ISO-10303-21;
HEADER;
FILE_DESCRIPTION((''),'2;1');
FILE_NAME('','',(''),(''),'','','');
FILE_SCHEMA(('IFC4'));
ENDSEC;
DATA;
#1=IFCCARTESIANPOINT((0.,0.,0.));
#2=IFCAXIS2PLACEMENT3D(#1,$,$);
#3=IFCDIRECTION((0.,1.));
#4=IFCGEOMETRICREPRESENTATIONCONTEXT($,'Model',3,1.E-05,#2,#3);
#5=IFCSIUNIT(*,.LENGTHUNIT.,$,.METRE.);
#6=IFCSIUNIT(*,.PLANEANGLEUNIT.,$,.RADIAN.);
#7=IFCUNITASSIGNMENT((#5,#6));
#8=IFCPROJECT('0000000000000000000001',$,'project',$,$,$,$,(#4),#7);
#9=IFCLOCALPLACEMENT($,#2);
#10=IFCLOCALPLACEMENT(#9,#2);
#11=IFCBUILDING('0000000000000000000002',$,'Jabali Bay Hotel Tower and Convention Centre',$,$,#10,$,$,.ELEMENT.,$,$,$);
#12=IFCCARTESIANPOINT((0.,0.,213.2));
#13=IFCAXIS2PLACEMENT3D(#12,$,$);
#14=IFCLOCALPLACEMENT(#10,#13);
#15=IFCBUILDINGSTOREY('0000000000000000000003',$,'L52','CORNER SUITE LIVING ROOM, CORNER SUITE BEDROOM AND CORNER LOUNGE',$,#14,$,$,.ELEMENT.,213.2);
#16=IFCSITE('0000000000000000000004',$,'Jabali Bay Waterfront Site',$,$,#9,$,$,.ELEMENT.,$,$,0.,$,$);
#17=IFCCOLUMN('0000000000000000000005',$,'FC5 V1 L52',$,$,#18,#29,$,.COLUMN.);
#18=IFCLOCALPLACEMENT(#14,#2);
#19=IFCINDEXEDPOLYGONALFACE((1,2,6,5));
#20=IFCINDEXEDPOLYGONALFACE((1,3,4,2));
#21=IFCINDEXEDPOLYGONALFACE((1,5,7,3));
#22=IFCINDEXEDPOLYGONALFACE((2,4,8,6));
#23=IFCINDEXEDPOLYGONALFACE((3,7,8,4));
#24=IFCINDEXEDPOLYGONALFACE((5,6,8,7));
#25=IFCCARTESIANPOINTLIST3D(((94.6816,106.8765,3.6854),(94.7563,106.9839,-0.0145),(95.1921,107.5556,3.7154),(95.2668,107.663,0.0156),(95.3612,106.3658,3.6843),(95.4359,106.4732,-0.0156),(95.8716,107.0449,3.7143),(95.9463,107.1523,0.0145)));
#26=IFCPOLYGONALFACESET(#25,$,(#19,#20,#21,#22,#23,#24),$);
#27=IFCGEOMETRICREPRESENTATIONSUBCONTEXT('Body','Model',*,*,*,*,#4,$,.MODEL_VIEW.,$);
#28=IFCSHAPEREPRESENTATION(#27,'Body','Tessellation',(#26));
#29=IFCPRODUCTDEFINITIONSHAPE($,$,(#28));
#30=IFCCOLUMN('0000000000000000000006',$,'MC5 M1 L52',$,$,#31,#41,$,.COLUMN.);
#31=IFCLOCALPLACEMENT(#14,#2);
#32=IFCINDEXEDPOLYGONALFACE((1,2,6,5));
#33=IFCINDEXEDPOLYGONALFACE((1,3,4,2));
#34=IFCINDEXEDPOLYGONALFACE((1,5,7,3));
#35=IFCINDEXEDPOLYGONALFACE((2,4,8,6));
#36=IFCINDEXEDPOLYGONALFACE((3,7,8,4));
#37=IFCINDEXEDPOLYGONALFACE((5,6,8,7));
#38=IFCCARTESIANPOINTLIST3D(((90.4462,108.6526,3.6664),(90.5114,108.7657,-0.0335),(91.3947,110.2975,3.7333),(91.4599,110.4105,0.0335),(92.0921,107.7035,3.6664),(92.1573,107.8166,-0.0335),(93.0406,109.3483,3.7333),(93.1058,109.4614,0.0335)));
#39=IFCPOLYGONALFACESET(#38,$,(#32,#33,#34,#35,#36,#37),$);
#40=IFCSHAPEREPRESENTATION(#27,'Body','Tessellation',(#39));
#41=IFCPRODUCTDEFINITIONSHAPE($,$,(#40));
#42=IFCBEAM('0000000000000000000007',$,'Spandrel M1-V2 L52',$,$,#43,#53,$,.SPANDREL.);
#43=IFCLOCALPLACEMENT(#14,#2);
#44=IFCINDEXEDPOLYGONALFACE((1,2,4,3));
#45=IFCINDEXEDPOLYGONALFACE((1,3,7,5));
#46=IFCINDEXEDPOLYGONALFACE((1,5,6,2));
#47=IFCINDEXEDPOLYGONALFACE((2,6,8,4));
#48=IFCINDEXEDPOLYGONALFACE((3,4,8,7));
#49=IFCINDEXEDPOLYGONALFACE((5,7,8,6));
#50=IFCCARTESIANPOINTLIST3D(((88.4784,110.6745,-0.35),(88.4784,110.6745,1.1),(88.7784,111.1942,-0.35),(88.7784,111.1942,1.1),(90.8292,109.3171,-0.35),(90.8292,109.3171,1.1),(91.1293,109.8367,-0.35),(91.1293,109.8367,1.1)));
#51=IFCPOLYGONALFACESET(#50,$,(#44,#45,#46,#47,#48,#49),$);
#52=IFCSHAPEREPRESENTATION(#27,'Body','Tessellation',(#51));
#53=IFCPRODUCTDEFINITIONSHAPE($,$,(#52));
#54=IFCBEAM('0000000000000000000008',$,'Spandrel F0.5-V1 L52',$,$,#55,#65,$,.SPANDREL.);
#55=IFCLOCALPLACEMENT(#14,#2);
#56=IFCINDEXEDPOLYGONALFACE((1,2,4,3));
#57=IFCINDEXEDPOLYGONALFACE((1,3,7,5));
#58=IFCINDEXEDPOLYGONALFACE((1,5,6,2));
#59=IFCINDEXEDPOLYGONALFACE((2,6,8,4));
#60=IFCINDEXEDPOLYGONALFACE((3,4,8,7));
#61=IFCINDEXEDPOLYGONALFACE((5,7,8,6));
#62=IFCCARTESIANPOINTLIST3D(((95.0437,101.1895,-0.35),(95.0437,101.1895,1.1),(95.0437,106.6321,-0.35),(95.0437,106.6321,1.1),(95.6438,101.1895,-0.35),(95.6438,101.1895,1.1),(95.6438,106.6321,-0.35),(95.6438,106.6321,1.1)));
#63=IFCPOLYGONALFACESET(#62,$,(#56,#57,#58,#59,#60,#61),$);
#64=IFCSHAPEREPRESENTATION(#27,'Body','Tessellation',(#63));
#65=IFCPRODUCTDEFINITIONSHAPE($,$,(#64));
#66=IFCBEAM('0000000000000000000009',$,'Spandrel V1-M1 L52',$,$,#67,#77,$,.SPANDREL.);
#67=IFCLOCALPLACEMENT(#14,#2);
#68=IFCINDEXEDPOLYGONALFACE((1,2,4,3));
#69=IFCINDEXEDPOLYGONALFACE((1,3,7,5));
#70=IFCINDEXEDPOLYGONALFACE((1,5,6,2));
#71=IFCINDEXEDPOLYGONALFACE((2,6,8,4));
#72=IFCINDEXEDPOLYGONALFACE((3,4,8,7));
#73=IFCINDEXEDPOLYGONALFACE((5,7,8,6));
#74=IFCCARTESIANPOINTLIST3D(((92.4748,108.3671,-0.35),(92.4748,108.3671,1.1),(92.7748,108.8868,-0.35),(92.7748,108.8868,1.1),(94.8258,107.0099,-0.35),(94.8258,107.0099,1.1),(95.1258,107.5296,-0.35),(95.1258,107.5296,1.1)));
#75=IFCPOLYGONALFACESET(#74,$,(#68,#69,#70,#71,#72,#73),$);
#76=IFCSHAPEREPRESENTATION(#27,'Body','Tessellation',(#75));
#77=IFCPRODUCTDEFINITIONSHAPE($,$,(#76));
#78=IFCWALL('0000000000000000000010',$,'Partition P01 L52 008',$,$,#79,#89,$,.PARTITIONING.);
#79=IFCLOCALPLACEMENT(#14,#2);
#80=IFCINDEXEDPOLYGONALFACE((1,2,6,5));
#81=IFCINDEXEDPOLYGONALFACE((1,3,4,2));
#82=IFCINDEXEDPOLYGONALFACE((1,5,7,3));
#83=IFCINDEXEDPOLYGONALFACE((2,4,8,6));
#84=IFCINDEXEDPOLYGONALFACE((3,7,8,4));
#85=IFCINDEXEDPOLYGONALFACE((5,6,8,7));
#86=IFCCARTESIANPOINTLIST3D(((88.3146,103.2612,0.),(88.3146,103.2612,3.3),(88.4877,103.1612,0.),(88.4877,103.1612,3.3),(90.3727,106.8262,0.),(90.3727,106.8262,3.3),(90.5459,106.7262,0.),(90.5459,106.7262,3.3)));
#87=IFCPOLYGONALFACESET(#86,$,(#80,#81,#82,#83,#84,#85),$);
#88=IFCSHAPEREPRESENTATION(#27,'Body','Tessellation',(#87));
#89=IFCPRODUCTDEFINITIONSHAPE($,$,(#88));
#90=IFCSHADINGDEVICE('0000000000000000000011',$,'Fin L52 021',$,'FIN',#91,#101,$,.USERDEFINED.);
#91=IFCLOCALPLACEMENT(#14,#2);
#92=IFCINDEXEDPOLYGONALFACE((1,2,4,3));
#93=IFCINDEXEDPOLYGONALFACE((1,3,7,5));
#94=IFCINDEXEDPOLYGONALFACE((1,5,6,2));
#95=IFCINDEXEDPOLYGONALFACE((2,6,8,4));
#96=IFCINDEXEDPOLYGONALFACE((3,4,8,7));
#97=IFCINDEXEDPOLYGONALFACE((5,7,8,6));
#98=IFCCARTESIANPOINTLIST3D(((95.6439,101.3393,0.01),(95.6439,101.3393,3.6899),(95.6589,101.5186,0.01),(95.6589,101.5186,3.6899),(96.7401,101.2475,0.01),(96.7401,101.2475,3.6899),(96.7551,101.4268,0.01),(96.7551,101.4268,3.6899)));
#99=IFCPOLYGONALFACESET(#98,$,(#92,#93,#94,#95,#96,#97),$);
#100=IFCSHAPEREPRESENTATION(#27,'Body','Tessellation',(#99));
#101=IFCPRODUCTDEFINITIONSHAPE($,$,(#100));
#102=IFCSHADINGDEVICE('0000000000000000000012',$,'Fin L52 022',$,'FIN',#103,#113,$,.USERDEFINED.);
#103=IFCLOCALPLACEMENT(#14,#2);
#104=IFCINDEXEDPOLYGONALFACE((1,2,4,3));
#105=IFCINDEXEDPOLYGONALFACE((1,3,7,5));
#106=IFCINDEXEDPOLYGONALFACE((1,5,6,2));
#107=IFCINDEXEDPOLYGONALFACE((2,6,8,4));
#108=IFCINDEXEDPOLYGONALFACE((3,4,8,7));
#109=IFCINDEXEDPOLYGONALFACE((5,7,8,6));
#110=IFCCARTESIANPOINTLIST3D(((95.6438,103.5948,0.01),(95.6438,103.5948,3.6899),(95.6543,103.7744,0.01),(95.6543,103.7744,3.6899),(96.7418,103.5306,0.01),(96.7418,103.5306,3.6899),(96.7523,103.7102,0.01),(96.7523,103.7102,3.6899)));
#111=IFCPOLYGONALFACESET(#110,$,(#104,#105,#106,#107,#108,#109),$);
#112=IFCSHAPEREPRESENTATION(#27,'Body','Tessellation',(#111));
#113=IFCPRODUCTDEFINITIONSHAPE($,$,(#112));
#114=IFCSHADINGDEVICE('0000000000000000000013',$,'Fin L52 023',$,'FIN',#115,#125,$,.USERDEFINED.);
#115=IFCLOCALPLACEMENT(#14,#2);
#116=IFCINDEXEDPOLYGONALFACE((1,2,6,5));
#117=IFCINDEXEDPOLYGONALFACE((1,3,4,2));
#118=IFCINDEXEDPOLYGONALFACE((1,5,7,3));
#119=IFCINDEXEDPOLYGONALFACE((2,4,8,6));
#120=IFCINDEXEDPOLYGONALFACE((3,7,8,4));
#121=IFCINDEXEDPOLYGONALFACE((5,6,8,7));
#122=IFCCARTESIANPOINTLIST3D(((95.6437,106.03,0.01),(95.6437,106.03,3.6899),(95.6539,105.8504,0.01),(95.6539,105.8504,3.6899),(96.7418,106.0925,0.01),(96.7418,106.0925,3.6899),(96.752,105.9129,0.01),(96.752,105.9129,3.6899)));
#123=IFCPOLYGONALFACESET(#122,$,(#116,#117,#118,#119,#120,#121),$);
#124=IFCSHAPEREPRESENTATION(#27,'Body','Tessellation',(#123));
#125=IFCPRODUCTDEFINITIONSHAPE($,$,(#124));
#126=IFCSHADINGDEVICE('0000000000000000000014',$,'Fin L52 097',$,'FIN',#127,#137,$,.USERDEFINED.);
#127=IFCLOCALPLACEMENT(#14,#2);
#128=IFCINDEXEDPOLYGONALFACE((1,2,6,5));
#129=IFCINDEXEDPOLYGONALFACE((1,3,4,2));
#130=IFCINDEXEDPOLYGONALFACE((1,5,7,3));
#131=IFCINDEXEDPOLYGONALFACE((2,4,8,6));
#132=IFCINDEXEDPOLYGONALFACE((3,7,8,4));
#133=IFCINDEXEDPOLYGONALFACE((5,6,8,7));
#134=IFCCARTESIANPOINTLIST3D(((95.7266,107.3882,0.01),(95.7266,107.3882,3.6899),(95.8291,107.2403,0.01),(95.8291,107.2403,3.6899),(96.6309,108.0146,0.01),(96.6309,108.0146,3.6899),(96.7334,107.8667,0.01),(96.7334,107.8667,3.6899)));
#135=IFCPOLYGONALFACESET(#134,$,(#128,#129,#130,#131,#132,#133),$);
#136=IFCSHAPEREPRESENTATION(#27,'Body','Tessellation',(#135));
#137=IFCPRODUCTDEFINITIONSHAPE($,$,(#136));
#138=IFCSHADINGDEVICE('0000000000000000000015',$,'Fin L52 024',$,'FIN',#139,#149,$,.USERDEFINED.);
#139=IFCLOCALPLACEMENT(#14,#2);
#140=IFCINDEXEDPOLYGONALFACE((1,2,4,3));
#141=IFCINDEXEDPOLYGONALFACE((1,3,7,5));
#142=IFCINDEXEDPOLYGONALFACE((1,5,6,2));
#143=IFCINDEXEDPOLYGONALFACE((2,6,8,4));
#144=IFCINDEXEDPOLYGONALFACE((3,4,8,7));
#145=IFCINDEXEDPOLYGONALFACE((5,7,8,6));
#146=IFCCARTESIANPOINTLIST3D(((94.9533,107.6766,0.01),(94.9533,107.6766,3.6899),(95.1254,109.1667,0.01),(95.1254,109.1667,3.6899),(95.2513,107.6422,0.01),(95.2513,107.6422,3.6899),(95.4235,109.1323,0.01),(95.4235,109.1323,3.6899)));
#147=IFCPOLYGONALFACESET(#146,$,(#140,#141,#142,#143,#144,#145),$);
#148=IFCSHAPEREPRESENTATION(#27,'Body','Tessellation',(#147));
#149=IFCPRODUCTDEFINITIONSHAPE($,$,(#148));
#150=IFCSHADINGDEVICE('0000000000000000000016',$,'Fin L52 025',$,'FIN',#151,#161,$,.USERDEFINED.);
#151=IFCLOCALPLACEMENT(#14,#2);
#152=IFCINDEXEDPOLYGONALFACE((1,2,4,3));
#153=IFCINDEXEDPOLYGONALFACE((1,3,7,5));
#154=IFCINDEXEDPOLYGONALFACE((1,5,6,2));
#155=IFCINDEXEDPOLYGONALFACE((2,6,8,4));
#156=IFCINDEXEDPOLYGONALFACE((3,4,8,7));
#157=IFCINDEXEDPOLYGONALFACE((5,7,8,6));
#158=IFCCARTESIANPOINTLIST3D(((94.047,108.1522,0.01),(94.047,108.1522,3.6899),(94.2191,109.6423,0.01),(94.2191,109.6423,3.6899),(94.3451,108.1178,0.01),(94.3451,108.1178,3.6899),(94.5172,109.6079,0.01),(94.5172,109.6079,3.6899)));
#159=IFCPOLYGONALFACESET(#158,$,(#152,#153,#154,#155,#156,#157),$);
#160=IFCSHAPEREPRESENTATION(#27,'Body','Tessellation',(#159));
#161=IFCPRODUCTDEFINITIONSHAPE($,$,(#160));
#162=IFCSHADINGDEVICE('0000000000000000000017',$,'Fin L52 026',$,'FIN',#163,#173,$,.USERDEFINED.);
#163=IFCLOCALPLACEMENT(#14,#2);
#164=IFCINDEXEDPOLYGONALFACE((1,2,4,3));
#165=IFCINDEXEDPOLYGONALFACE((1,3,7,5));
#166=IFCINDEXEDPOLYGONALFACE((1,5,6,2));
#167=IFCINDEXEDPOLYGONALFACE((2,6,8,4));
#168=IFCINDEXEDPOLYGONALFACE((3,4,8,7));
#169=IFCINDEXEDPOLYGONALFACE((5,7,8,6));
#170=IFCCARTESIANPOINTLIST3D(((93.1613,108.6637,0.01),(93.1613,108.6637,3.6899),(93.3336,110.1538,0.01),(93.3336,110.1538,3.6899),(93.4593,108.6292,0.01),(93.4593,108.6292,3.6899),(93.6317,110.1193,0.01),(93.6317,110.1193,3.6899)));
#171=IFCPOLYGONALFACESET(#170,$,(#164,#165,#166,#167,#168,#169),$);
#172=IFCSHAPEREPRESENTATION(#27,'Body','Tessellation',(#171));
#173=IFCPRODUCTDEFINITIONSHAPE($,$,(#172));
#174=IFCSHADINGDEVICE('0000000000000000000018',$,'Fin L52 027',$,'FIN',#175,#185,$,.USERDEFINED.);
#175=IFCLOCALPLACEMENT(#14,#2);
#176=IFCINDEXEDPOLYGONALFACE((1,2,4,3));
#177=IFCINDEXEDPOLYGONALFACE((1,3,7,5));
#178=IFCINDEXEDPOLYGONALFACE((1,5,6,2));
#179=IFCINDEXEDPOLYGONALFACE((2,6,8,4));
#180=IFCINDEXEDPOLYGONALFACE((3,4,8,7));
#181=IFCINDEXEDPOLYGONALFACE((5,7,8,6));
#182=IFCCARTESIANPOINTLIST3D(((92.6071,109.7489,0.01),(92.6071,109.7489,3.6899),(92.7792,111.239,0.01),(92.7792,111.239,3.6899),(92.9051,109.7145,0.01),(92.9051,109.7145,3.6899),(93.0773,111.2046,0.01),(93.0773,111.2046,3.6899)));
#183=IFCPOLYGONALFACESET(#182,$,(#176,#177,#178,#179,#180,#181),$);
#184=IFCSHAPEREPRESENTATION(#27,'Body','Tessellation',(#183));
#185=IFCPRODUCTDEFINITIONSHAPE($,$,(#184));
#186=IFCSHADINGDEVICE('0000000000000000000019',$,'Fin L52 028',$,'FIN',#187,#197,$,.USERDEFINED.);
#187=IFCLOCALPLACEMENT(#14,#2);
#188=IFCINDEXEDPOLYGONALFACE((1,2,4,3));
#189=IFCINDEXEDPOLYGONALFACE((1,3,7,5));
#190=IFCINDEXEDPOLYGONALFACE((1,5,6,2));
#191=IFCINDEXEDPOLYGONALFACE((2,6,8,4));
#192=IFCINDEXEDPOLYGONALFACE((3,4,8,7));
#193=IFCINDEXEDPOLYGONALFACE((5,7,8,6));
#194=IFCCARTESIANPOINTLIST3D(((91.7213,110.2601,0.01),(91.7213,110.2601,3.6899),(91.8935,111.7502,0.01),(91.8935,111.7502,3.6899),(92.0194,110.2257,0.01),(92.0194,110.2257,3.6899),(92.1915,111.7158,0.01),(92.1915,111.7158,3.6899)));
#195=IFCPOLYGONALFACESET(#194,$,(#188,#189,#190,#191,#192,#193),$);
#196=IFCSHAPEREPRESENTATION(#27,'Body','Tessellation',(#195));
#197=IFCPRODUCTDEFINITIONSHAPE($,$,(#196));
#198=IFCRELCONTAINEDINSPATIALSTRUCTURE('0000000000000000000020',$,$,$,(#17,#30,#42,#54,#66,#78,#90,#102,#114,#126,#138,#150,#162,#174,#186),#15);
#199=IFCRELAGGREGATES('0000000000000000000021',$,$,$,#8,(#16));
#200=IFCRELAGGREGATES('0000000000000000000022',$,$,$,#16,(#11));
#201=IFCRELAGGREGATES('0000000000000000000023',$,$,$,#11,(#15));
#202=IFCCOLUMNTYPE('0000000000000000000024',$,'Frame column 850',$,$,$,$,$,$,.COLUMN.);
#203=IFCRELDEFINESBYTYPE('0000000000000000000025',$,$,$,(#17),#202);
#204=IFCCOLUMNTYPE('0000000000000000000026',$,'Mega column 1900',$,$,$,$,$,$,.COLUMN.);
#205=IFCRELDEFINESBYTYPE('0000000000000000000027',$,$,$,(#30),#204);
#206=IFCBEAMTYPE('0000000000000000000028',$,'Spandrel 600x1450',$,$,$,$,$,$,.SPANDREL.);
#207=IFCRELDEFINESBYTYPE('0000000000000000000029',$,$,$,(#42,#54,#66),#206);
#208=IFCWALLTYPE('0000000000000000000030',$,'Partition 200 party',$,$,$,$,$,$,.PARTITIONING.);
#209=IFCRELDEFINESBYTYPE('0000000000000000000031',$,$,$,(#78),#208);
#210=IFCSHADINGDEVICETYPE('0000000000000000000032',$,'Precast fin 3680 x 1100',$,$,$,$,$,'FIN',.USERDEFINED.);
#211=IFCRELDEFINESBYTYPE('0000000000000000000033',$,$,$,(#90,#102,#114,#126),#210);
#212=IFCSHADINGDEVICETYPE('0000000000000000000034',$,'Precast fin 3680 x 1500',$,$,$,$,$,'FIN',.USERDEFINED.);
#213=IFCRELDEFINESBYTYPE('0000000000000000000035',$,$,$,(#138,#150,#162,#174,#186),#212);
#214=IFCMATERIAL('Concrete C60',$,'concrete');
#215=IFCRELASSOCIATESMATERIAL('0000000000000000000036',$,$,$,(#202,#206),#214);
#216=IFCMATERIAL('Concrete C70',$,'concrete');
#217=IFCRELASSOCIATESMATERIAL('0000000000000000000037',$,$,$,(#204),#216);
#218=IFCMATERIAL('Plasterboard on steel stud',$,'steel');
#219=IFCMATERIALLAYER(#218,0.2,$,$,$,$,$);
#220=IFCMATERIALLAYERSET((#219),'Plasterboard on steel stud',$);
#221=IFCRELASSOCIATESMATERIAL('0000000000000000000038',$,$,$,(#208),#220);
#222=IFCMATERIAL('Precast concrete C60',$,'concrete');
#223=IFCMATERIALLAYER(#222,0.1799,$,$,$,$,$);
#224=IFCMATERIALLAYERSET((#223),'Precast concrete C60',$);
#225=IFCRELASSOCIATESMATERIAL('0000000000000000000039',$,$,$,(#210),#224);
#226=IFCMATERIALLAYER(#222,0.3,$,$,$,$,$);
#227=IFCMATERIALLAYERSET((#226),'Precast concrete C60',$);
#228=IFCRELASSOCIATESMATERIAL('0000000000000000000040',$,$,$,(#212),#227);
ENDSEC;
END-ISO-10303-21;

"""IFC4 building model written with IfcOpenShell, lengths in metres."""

from ifc_helpers import new_model, si_unit, direction, frame, frame_2d, origin, origin_2d, place, context, subcontext, project, spatial, rectangle, extrude, material, layer, layer_set, material_profile, profile_set, type_object, element, save


model = new_model("IFC4")

# Units and contexts
model_context = context("Model", 3, precision=1e-05, world=origin(), true_north=direction((0.0, 1.0)))
body_context = subcontext(model_context, "Body", "Model", "MODEL_VIEW")
ifc_project = project(units=[si_unit("LENGTHUNIT", "METRE"), si_unit("PLANEANGLEUNIT", "RADIAN")], contexts=[model_context])

# Site, building, storey
site_placement = place(None, origin())
site = spatial("IfcSite", under=ifc_project, at=site_placement, Name="Jabali Bay Waterfront Site", CompositionType="ELEMENT", RefElevation=0.0)
building_placement = place(site_placement, origin())
building = spatial("IfcBuilding", under=site, at=building_placement, Name="Jabali Bay Hotel Tower and Convention Centre", CompositionType="ELEMENT")
storey_placement = place(building_placement, frame((0.0, 0.0, 213.2)))
storey = spatial("IfcBuildingStorey", under=building, at=storey_placement, Name="L52", Description="CORNER SUITE LIVING ROOM, CORNER SUITE BEDROOM AND CORNER LOUNGE", CompositionType="ELEMENT", Elevation=213.2)

# Columns
ifc_material_1 = material(Name="Concrete C60", Category="concrete")
ifc_material_profile_1 = material_profile(ifc_material_1, rectangle(XDim=0.8501, YDim=0.8501, at=origin_2d()), Name="Frame column 850")
ifc_profile_set_1 = profile_set([ifc_material_profile_1], Name="Concrete C60")
column_type_1 = type_object("IfcColumnType", Name="Frame column 850", PredefinedType="COLUMN", material=ifc_profile_set_1)
column_1_placement = place(storey_placement, frame((95.3513, 107.0681, 0.0), z_axis=(-0.020179, -0.029015, 0.999375), x_axis=(0.600466, 0.79887, 0.035318)))
element("IfcColumn", 1, at=column_1_placement, inside=storey, type_object=column_type_1, Name="FC5 V1 L52", PredefinedType="COLUMN", context=body_context, shape_type="SweptSolid", body=[
    extrude(rectangle(XDim=0.8501, YDim=0.8501, at=origin_2d()), origin(), (0.0, 0.0, 1.0), 3.7021),
])
ifc_material_2 = material(Name="Concrete C70", Category="concrete")
ifc_material_profile_2 = material_profile(ifc_material_2, rectangle(XDim=1.8999, YDim=1.8999, at=origin_2d()), Name="Mega column 1900")
ifc_profile_set_2 = profile_set([ifc_material_profile_2], Name="Concrete C70")
column_type_2 = type_object("IfcColumnType", Name="Mega column 1900", PredefinedType="COLUMN", material=ifc_profile_set_2)
column_2_placement = place(storey_placement, frame((91.8086, 109.1135, 0.0), z_axis=(-0.017607, -0.030532, 0.999379), x_axis=(0.86628, -0.499558, 0.0)))
element("IfcColumn", 2, at=column_2_placement, inside=storey, type_object=column_type_2, Name="MC5 M1 L52", PredefinedType="COLUMN", context=body_context, shape_type="SweptSolid", body=[
    extrude(rectangle(XDim=1.8999, YDim=1.8999, at=origin_2d()), origin(), (0.0, 0.0, 1.0), 3.7021),
])

# Beams
ifc_material_profile_3 = material_profile(ifc_material_1, rectangle(XDim=0.6001, YDim=1.45, at=origin_2d()), Name="Spandrel 600x1450")
ifc_profile_set_3 = profile_set([ifc_material_profile_3], Name="Concrete C60")
beam_type = type_object("IfcBeamType", Name="Spandrel 600x1450", PredefinedType="SPANDREL", material=ifc_profile_set_3)
beam_1_placement = place(storey_placement, frame((90.9792, 109.5769, 0.375), z_axis=(-0.865998, 0.500047, 0.0), x_axis=(-0.500047, -0.865998, 0.0)))
element("IfcBeam", 3, at=beam_1_placement, inside=storey, type_object=beam_type, Name="Spandrel M1-V2 L52", PredefinedType="SPANDREL", context=body_context, shape_type="SweptSolid", body=[
    extrude(rectangle(XDim=0.6001, YDim=1.45, at=origin_2d()), origin(), (0.0, 0.0, 1.0), 2.7146),
])
beam_2_placement = place(storey_placement, frame((95.3438, 101.1895, 0.375), z_axis=(0.0, 1.0, 0.0), x_axis=(-1.0, 0.0, 0.0)))
element("IfcBeam", 4, at=beam_2_placement, inside=storey, type_object=beam_type, Name="Spandrel F0.5-V1 L52", PredefinedType="SPANDREL", context=body_context, shape_type="SweptSolid", body=[
    extrude(rectangle(XDim=0.6001, YDim=1.45, at=origin_2d()), origin(), (0.0, 0.0, 1.0), 5.4426),
])
beam_3_placement = place(storey_placement, frame((94.9758, 107.2698, 0.375), z_axis=(-0.86606, 0.49994, 0.0), x_axis=(-0.49994, -0.86606, 0.0)))
element("IfcBeam", 5, at=beam_3_placement, inside=storey, type_object=beam_type, Name="Spandrel V1-M1 L52", PredefinedType="SPANDREL", context=body_context, shape_type="SweptSolid", body=[
    extrude(rectangle(XDim=0.6001, YDim=1.45, at=origin_2d()), origin(), (0.0, 0.0, 1.0), 2.7146),
])

# Wall
ifc_material_3 = material(Name="Plasterboard on steel stud", Category="steel")
ifc_layer_1 = layer(ifc_material_3, 0.2)
ifc_layer_set_1 = layer_set([ifc_layer_1], Name="Plasterboard on steel stud")
wall_type_1 = type_object("IfcWallType", Name="Partition 200 party", PredefinedType="PARTITIONING", material=ifc_layer_set_1)
wall_1_placement = place(storey_placement, frame((90.4592, 106.7761, 0.0), z_axis=(0.0, 0.0, 1.0), x_axis=(-0.499979, -0.866037, 0.0)))
element("IfcWall", 6, at=wall_1_placement, inside=storey, type_object=wall_type_1, Name="Partition P01 L52 008", PredefinedType="PARTITIONING", context=body_context, shape_type="SweptSolid", body=[
    extrude(rectangle(XDim=4.1165, YDim=0.2, at=frame_2d((2.0581, 0.0))), origin(), (0.0, 0.0, 1.0), 3.3),
])

# Shading devices
ifc_material_4 = material(Name="Precast concrete C60", Category="concrete")
ifc_layer_2 = layer(ifc_material_4, 0.1799)
ifc_layer_set_2 = layer_set([ifc_layer_2], Name="Precast concrete C60")
shading_device_type_1 = type_object("IfcShadingDeviceType", Name="Precast fin 3680 x 1100", ElementType="FIN", PredefinedType="USERDEFINED", material=ifc_layer_set_2)
shading_device_1_placement = place(storey_placement, frame((95.6514, 101.429, 0.01), z_axis=(0.0, 0.0, 1.0), x_axis=(0.996512, -0.08345, 0.0)))
element("IfcShadingDevice", 7, at=shading_device_1_placement, inside=storey, type_object=shading_device_type_1, Name="Fin L52 021", ObjectType="FIN", PredefinedType="USERDEFINED", context=body_context, shape_type="SweptSolid", body=[
    extrude(rectangle(XDim=1.1001, YDim=0.1799, at=frame_2d((0.55, 0.0))), origin(), (0.0, 0.0, 1.0), 3.6799),
])
for number, where, z_axis, x_axis, name in (
    (8, (95.6492, 103.6846, 0.01), (0.0, 0.0, 1.0), (0.998294, -0.058384, 0.0), "Fin L52 022"),
    (9, (95.6489, 105.9402, 0.01), (0.0, 0.0, 1.0), (0.998384, 0.056822, 0.0), "Fin L52 023"),
):
    element("IfcShadingDevice", number, at=place(storey_placement, frame(where, z_axis=z_axis, x_axis=x_axis)), inside=storey, type_object=shading_device_type_1, Name=name, ObjectType="FIN", PredefinedType="USERDEFINED", context=body_context, shape_type="SweptSolid", body=[
        extrude(rectangle(XDim=1.0999, YDim=0.1799, at=frame_2d((0.5498, 0.0))), origin(), (0.0, 0.0, 1.0), 3.6799),
    ])
shading_device_2_placement = place(storey_placement, frame((95.7778, 107.3142, 0.01), z_axis=(0.0, 0.0, 1.0), x_axis=(0.822016, 0.569464, 0.0)))
element("IfcShadingDevice", 10, at=shading_device_2_placement, inside=storey, type_object=shading_device_type_1, Name="Fin L52 097", ObjectType="FIN", PredefinedType="USERDEFINED", context=body_context, shape_type="SweptSolid", body=[
    extrude(rectangle(XDim=1.1001, YDim=0.1799, at=frame_2d((0.55, 0.0))), origin(), (0.0, 0.0, 1.0), 3.6799),
])
ifc_layer_3 = layer(ifc_material_4, 0.3)
ifc_layer_set_3 = layer_set([ifc_layer_3], Name="Precast concrete C60")
shading_device_type_2 = type_object("IfcShadingDeviceType", Name="Precast fin 3680 x 1500", ElementType="FIN", PredefinedType="USERDEFINED", material=ifc_layer_set_3)
for number, where, z_axis, x_axis, name in (
    (11, (95.1023, 107.6594, 0.01), (0.0, 0.0, 1.0), (0.114754, 0.993394, 0.0), "Fin L52 024"),
    (12, (94.196, 108.135, 0.01), (0.0, 0.0, 1.0), (0.114754, 0.993394, 0.0), "Fin L52 025"),
    (13, (93.3103, 108.6465, 0.01), (0.0, 0.0, 1.0), (0.114914, 0.993375, 0.0), "Fin L52 026"),
    (14, (92.7561, 109.7317, 0.01), (0.0, 0.0, 1.0), (0.114754, 0.993394, 0.0), "Fin L52 027"),
    (15, (91.8704, 110.2429, 0.01), (0.0, 0.0, 1.0), (0.114754, 0.993394, 0.0), "Fin L52 028"),
):
    element("IfcShadingDevice", number, at=place(storey_placement, frame(where, z_axis=z_axis, x_axis=x_axis)), inside=storey, type_object=shading_device_type_2, Name=name, ObjectType="FIN", PredefinedType="USERDEFINED", context=body_context, shape_type="SweptSolid", body=[
        extrude(rectangle(XDim=1.5, YDim=0.3, at=frame_2d((0.75, 0.0))), origin(), (0.0, 0.0, 1.0), 3.6799),
    ])

save(model, "model.ifc")
